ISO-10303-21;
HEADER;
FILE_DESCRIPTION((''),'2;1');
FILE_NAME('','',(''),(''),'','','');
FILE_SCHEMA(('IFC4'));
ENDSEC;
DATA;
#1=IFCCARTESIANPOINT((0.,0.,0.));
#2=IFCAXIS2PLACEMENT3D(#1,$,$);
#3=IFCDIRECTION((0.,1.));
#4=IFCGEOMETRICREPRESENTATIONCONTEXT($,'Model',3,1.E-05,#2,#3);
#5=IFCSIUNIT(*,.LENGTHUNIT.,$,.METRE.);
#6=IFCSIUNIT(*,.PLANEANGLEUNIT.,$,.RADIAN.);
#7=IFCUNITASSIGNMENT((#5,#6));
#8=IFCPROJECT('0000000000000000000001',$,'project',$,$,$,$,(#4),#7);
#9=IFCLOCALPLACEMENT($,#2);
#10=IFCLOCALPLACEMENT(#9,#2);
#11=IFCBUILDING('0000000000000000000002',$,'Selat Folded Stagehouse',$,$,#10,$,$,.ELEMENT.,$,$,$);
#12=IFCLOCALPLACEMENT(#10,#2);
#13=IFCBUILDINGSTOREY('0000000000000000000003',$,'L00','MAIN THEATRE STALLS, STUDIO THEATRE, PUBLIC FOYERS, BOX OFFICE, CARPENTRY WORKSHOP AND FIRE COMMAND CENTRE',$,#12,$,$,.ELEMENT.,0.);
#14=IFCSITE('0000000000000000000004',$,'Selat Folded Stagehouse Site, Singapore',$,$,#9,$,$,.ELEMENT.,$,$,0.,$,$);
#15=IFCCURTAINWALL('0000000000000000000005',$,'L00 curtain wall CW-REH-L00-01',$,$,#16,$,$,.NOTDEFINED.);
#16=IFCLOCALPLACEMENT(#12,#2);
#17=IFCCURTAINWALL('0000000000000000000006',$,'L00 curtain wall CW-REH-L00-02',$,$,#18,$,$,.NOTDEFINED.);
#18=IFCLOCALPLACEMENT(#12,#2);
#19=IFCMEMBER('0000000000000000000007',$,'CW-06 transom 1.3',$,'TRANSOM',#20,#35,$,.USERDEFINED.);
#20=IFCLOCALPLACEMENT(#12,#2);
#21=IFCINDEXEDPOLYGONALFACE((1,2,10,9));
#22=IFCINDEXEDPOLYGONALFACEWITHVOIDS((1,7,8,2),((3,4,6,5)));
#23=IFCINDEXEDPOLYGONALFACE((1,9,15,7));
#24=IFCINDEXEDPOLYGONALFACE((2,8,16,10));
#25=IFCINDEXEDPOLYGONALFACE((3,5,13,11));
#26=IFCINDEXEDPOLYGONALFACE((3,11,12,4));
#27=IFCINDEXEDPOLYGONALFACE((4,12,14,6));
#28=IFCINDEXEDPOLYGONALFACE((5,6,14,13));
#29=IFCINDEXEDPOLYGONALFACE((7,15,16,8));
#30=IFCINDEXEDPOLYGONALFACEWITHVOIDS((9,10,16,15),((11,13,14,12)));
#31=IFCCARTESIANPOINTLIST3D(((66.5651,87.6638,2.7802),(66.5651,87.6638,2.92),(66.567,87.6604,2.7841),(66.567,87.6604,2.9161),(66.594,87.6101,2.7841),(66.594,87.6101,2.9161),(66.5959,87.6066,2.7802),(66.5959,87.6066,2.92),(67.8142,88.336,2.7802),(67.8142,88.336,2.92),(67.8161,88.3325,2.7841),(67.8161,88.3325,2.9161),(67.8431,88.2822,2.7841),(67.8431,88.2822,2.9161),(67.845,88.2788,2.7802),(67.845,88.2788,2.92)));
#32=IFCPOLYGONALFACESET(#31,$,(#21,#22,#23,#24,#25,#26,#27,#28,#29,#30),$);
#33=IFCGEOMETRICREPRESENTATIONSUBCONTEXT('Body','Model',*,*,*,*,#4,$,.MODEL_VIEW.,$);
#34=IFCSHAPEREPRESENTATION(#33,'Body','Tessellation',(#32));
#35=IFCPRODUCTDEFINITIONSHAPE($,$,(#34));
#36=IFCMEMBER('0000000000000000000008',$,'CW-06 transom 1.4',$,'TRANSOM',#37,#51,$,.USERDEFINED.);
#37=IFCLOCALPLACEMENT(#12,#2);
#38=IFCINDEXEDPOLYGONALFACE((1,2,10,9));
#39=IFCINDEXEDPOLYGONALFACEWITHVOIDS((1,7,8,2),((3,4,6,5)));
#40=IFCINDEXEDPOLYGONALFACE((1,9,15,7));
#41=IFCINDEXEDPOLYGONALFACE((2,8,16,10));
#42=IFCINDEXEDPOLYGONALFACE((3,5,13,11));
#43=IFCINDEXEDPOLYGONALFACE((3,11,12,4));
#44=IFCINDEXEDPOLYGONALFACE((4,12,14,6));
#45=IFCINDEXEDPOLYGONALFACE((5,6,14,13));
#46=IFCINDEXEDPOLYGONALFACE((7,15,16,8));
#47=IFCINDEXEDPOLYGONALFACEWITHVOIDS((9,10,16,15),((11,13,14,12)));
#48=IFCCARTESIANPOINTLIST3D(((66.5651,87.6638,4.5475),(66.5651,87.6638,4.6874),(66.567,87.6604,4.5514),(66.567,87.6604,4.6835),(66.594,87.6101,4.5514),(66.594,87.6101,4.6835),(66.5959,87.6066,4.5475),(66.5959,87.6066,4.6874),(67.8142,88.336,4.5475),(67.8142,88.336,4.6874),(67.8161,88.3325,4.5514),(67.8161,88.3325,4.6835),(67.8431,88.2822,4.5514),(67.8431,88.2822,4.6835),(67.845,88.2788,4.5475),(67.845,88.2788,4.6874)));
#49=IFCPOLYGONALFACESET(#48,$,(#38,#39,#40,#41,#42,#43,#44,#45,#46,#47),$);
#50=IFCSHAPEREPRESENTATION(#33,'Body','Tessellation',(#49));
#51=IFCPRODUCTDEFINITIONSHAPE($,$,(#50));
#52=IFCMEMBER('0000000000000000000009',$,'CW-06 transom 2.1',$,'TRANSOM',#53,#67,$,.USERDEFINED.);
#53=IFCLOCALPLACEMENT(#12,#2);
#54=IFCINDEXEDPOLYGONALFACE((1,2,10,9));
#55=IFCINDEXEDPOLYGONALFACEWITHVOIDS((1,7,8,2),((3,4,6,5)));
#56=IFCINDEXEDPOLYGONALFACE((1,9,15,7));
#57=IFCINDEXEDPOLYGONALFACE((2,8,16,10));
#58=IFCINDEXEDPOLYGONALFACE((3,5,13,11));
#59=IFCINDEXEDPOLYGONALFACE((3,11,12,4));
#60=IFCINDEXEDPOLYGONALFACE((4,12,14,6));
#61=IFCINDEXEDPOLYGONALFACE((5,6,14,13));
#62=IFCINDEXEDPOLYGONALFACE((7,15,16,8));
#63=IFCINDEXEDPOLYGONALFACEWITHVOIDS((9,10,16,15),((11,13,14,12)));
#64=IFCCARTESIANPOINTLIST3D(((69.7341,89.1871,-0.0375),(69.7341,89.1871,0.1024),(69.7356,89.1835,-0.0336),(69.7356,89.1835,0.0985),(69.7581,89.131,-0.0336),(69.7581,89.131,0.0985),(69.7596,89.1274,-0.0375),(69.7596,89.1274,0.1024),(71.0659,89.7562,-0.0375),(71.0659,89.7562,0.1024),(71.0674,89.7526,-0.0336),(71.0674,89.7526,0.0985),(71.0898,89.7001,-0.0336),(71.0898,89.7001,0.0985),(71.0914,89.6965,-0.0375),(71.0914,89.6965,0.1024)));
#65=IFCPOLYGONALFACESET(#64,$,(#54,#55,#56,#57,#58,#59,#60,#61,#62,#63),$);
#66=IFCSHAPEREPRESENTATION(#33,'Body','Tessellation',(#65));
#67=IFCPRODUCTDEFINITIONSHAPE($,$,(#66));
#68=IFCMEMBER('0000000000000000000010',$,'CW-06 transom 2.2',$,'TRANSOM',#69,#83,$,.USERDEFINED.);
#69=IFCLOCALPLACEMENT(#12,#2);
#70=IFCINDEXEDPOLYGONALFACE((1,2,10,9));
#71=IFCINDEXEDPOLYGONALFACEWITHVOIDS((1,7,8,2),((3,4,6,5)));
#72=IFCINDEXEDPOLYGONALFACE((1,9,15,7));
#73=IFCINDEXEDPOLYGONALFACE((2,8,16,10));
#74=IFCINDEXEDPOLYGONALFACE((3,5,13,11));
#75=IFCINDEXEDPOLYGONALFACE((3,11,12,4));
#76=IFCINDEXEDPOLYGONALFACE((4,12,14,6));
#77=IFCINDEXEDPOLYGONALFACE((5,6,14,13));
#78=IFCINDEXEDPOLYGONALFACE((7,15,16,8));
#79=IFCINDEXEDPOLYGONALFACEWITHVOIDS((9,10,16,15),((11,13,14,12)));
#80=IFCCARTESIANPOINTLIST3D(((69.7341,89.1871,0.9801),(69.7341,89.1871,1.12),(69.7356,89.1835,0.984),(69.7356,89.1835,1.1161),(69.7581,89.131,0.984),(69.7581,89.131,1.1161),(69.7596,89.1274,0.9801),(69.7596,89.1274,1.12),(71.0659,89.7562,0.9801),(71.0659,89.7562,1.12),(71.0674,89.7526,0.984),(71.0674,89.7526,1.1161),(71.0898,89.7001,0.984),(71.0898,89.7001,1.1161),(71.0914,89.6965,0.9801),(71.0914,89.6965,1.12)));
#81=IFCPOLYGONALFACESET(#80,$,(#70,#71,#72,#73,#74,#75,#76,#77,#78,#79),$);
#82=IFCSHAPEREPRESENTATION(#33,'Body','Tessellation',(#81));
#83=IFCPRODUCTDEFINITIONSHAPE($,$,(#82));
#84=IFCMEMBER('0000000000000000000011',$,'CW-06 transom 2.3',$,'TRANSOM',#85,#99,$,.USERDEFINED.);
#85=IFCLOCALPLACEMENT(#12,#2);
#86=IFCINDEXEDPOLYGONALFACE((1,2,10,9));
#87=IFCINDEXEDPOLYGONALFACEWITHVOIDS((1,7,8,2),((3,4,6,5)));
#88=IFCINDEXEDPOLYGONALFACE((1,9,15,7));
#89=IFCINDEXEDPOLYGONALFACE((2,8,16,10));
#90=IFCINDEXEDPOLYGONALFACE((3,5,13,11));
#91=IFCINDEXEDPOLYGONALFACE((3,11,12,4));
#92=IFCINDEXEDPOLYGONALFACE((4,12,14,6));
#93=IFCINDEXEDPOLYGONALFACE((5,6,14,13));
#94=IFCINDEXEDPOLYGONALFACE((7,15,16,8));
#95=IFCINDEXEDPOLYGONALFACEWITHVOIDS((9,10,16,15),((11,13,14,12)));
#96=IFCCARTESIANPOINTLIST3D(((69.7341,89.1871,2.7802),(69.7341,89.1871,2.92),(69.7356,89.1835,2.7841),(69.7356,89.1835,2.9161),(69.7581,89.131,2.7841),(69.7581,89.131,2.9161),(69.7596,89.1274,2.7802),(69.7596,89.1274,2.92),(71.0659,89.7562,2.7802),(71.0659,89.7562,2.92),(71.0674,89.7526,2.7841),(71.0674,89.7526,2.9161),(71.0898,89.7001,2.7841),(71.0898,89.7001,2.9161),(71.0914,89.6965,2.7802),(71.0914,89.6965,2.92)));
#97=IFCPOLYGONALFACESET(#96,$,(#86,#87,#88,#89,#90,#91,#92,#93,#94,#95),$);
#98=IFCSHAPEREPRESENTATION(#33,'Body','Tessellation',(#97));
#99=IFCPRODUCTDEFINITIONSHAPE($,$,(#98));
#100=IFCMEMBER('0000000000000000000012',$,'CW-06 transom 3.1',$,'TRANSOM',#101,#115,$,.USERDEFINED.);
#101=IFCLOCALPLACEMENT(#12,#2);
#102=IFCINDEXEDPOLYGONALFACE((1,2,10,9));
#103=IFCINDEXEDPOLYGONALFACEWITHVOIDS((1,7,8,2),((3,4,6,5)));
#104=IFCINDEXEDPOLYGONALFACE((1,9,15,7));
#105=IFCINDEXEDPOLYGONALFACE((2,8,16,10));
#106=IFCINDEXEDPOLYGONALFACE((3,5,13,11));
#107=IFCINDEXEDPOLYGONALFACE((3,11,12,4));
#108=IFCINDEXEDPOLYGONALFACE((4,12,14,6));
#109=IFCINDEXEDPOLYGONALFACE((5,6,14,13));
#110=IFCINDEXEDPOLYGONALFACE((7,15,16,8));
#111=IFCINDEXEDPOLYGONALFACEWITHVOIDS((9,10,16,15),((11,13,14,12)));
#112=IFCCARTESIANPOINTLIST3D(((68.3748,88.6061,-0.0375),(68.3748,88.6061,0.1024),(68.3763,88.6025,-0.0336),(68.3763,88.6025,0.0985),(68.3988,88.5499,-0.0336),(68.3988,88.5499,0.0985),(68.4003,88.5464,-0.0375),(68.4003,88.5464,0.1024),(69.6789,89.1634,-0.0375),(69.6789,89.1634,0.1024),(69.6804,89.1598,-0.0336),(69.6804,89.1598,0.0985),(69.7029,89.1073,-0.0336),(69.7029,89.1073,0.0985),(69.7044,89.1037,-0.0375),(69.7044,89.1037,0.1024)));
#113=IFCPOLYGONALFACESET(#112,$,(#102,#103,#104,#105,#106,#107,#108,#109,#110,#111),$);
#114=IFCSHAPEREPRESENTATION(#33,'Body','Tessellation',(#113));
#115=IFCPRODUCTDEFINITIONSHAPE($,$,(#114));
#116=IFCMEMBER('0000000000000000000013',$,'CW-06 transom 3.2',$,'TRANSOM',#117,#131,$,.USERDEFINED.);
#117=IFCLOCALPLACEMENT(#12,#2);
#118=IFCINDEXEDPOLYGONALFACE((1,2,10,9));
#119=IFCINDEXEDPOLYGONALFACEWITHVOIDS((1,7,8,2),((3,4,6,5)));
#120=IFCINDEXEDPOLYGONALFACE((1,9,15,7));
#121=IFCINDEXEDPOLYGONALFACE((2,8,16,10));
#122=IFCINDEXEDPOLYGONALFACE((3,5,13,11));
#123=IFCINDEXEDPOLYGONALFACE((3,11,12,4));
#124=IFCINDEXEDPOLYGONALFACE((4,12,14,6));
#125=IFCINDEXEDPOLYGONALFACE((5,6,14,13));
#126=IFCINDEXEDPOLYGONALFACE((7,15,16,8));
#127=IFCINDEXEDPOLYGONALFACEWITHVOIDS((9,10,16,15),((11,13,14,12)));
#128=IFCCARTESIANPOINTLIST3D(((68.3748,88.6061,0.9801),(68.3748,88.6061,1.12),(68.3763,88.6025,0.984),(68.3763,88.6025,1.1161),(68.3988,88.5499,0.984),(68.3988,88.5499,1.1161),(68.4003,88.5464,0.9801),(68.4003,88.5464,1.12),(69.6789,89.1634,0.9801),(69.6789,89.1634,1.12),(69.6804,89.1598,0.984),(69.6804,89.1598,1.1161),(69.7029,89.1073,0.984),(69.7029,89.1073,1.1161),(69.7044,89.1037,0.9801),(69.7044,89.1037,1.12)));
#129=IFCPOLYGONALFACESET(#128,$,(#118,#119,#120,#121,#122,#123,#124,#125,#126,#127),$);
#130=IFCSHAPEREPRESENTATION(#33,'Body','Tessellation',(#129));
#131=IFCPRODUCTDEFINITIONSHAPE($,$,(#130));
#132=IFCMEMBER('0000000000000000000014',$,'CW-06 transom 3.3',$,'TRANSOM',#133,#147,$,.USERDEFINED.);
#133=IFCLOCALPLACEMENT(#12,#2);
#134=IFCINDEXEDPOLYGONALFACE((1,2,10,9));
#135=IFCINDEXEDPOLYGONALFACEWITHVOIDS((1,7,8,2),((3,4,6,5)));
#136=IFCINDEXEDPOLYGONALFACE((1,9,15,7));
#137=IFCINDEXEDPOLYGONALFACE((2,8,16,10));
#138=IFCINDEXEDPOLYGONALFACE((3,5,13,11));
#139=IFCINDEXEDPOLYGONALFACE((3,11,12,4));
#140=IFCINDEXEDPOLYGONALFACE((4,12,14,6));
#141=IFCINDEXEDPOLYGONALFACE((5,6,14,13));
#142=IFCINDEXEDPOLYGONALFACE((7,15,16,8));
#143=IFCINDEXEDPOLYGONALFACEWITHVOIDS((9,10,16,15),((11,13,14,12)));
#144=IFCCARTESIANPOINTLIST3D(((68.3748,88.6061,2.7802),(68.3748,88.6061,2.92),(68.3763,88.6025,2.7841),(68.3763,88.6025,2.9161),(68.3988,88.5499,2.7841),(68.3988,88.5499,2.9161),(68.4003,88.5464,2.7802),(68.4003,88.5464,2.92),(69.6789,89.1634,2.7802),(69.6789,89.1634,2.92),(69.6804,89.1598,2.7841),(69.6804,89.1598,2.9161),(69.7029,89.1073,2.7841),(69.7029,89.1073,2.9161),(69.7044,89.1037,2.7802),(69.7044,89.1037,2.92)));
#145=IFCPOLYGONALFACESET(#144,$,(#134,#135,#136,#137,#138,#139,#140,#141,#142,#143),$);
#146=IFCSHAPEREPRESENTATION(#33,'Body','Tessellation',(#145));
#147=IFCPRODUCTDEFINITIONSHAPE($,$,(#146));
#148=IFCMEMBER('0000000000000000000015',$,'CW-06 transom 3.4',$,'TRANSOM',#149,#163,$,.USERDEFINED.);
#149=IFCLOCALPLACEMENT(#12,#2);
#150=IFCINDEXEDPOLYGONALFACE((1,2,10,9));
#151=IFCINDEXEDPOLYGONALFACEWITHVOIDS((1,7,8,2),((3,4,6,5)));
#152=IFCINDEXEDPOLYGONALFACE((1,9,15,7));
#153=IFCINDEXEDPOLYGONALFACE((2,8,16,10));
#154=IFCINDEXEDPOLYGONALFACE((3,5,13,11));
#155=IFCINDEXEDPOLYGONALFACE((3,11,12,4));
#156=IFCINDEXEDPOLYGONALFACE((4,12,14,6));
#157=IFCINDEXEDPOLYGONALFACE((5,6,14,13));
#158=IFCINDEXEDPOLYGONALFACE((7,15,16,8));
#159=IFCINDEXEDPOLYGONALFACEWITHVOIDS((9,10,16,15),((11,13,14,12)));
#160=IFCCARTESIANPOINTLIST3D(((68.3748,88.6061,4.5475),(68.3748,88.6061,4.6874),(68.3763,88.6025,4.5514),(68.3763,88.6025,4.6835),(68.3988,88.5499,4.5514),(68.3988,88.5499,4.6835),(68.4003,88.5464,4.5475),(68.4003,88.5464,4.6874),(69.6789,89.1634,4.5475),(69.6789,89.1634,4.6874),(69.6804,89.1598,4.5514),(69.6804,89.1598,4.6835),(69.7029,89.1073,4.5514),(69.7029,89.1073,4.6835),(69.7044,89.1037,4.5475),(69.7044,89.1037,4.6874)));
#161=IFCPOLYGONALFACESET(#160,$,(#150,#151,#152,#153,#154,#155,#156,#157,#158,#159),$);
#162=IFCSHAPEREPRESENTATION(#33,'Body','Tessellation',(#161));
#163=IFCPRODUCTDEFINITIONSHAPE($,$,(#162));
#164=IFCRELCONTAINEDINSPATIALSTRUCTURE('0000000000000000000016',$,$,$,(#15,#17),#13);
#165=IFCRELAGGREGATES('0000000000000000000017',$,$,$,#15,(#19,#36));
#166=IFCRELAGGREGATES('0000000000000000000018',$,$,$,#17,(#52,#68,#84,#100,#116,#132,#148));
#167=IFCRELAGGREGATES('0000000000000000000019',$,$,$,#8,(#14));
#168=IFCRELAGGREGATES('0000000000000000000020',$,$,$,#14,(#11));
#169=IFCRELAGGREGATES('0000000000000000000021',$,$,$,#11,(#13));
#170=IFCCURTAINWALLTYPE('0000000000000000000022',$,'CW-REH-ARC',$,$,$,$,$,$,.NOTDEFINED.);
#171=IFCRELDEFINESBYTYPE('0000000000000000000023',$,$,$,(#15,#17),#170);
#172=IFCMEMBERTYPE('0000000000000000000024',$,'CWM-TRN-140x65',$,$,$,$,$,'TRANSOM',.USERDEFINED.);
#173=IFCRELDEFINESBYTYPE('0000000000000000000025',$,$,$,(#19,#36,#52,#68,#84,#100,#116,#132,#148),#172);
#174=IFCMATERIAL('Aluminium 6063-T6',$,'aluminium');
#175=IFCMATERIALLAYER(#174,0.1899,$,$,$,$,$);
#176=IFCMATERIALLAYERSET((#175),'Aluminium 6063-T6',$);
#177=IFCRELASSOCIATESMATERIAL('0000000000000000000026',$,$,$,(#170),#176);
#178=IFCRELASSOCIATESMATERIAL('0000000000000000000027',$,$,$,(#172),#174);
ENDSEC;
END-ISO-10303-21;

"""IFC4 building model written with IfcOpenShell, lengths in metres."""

from ifc_helpers import new_model, si_unit, direction, frame, origin, origin_2d, place, context, subcontext, project, spatial, hollow_rectangle, extrude, material, layer, layer_set, material_profile, profile_set, type_object, element, aggregate, save


model = new_model("IFC4")

# Units and contexts
model_context = context("Model", 3, precision=1e-05, world=origin(), true_north=direction((0.0, 1.0)))
body_context = subcontext(model_context, "Body", "Model", "MODEL_VIEW")
ifc_project = project(units=[si_unit("LENGTHUNIT", "METRE"), si_unit("PLANEANGLEUNIT", "RADIAN")], contexts=[model_context])

# Site, building, storey
site_placement = place(None, origin())
site = spatial("IfcSite", under=ifc_project, at=site_placement, Name="Selat Folded Stagehouse Site, Singapore", CompositionType="ELEMENT", RefElevation=0.0)
building_placement = place(site_placement, origin())
building = spatial("IfcBuilding", under=site, at=building_placement, Name="Selat Folded Stagehouse", CompositionType="ELEMENT")
storey_placement = place(building_placement, origin())
storey = spatial("IfcBuildingStorey", under=building, at=storey_placement, Name="L00", Description="MAIN THEATRE STALLS, STUDIO THEATRE, PUBLIC FOYERS, BOX OFFICE, CARPENTRY WORKSHOP AND FIRE COMMAND CENTRE", CompositionType="ELEMENT", Elevation=0.0)

# Curtain wall
ifc_material_1 = material(Name="Aluminium 6063-T6", Category="aluminium")
ifc_layer_1 = layer(ifc_material_1, 0.1899)
ifc_layer_set_1 = layer_set([ifc_layer_1], Name="Aluminium 6063-T6")
curtain_wall_type = type_object("IfcCurtainWallType", Name="CW-REH-ARC", PredefinedType="NOTDEFINED", material=ifc_layer_set_1)
curtain_wall_1_placement = place(storey_placement, origin())
curtain_wall_1 = element("IfcCurtainWall", 1, at=curtain_wall_1_placement, inside=storey, type_object=curtain_wall_type, Name="L00 curtain wall CW-REH-L00-01", PredefinedType="NOTDEFINED")

# Curtain wall
curtain_wall_2_placement = place(storey_placement, origin())
curtain_wall_2 = element("IfcCurtainWall", 2, at=curtain_wall_2_placement, inside=storey, type_object=curtain_wall_type, Name="L00 curtain wall CW-REH-L00-02", PredefinedType="NOTDEFINED")

# Members
ifc_material_profile_1 = material_profile(ifc_material_1, hollow_rectangle(XDim=0.0649, YDim=0.1399, WallThickness=0.0039, at=origin_2d()), Name="ALU 140x65x4.0")
ifc_profile_set_1 = profile_set([ifc_material_profile_1], Name="Aluminium 6063-T6")
member_type_1 = type_object("IfcMemberType", Name="CWM-TRN-140x65", ElementType="TRANSOM", PredefinedType="USERDEFINED", material=ifc_profile_set_1)
member_1_placement = place(storey_placement, frame((67.8296, 88.3074, 2.8501), z_axis=(-0.880598, -0.473864, 0.0), x_axis=(0.473864, -0.880598, 0.0)))
member_1 = element("IfcMember", 3, at=member_1_placement, type_object=member_type_1, Name="CW-06 transom 1.3", ObjectType="TRANSOM", PredefinedType="USERDEFINED", context=body_context, shape_type="SweptSolid", body=[
    extrude(hollow_rectangle(XDim=0.0649, YDim=0.1399, WallThickness=0.0039, at=origin_2d()), origin(), (0.0, 0.0, 1.0), 1.4185),
])
member_2_placement = place(storey_placement, frame((67.8296, 88.3074, 4.6174), z_axis=(-0.880598, -0.473864, 0.0), x_axis=(0.473864, -0.880598, 0.0)))
member_2 = element("IfcMember", 4, at=member_2_placement, type_object=member_type_1, Name="CW-06 transom 1.4", ObjectType="TRANSOM", PredefinedType="USERDEFINED", context=body_context, shape_type="SweptSolid", body=[
    extrude(hollow_rectangle(XDim=0.0649, YDim=0.1399, WallThickness=0.0039, at=origin_2d()), origin(), (0.0, 0.0, 1.0), 1.4185),
])
member_3_placement = place(storey_placement, frame((71.0786, 89.7263, 0.0325), z_axis=(-0.919563, -0.392943, 0.0), x_axis=(0.392943, -0.919563, 0.0)))
member_3 = element("IfcMember", 5, at=member_3_placement, type_object=member_type_1, Name="CW-06 transom 2.1", ObjectType="TRANSOM", PredefinedType="USERDEFINED", context=body_context, shape_type="SweptSolid", body=[
    extrude(hollow_rectangle(XDim=0.0649, YDim=0.1399, WallThickness=0.0039, at=origin_2d()), origin(), (0.0, 0.0, 1.0), 1.4482),
])
member_4_placement = place(storey_placement, frame((71.0786, 89.7263, 1.05), z_axis=(-0.919563, -0.392943, 0.0), x_axis=(0.392943, -0.919563, 0.0)))
member_4 = element("IfcMember", 6, at=member_4_placement, type_object=member_type_1, Name="CW-06 transom 2.2", ObjectType="TRANSOM", PredefinedType="USERDEFINED", context=body_context, shape_type="SweptSolid", body=[
    extrude(hollow_rectangle(XDim=0.0649, YDim=0.1399, WallThickness=0.0039, at=origin_2d()), origin(), (0.0, 0.0, 1.0), 1.4482),
])
member_5_placement = place(storey_placement, frame((71.0786, 89.7263, 2.8501), z_axis=(-0.919563, -0.392943, 0.0), x_axis=(0.392943, -0.919563, 0.0)))
member_5 = element("IfcMember", 7, at=member_5_placement, type_object=member_type_1, Name="CW-06 transom 2.3", ObjectType="TRANSOM", PredefinedType="USERDEFINED", context=body_context, shape_type="SweptSolid", body=[
    extrude(hollow_rectangle(XDim=0.0649, YDim=0.1399, WallThickness=0.0039, at=origin_2d()), origin(), (0.0, 0.0, 1.0), 1.4482),
])
member_6_placement = place(storey_placement, frame((69.6917, 89.1335, 0.0325), z_axis=(-0.919545, -0.392984, 0.0), x_axis=(0.392984, -0.919545, 0.0)))
member_6 = element("IfcMember", 8, at=member_6_placement, type_object=member_type_1, Name="CW-06 transom 3.1", ObjectType="TRANSOM", PredefinedType="USERDEFINED", context=body_context, shape_type="SweptSolid", body=[
    extrude(hollow_rectangle(XDim=0.0649, YDim=0.1399, WallThickness=0.0039, at=origin_2d()), origin(), (0.0, 0.0, 1.0), 1.4182),
])
member_7_placement = place(storey_placement, frame((69.6917, 89.1335, 1.05), z_axis=(-0.919545, -0.392984, 0.0), x_axis=(0.392984, -0.919545, 0.0)))
member_7 = element("IfcMember", 9, at=member_7_placement, type_object=member_type_1, Name="CW-06 transom 3.2", ObjectType="TRANSOM", PredefinedType="USERDEFINED", context=body_context, shape_type="SweptSolid", body=[
    extrude(hollow_rectangle(XDim=0.0649, YDim=0.1399, WallThickness=0.0039, at=origin_2d()), origin(), (0.0, 0.0, 1.0), 1.4182),
])
member_8_placement = place(storey_placement, frame((69.6917, 89.1335, 2.8501), z_axis=(-0.919545, -0.392984, 0.0), x_axis=(0.392984, -0.919545, 0.0)))
member_8 = element("IfcMember", 10, at=member_8_placement, type_object=member_type_1, Name="CW-06 transom 3.3", ObjectType="TRANSOM", PredefinedType="USERDEFINED", context=body_context, shape_type="SweptSolid", body=[
    extrude(hollow_rectangle(XDim=0.0649, YDim=0.1399, WallThickness=0.0039, at=origin_2d()), origin(), (0.0, 0.0, 1.0), 1.4182),
])
member_9_placement = place(storey_placement, frame((69.6917, 89.1335, 4.6174), z_axis=(-0.919545, -0.392984, 0.0), x_axis=(0.392984, -0.919545, 0.0)))
member_9 = element("IfcMember", 11, at=member_9_placement, type_object=member_type_1, Name="CW-06 transom 3.4", ObjectType="TRANSOM", PredefinedType="USERDEFINED", context=body_context, shape_type="SweptSolid", body=[
    extrude(hollow_rectangle(XDim=0.0649, YDim=0.1399, WallThickness=0.0039, at=origin_2d()), origin(), (0.0, 0.0, 1.0), 1.4182),
])

aggregate(curtain_wall_1, [member_1, member_2])
aggregate(curtain_wall_2, [member_3, member_4, member_5, member_6, member_7, member_8, member_9])

save(model, "model.ifc")
